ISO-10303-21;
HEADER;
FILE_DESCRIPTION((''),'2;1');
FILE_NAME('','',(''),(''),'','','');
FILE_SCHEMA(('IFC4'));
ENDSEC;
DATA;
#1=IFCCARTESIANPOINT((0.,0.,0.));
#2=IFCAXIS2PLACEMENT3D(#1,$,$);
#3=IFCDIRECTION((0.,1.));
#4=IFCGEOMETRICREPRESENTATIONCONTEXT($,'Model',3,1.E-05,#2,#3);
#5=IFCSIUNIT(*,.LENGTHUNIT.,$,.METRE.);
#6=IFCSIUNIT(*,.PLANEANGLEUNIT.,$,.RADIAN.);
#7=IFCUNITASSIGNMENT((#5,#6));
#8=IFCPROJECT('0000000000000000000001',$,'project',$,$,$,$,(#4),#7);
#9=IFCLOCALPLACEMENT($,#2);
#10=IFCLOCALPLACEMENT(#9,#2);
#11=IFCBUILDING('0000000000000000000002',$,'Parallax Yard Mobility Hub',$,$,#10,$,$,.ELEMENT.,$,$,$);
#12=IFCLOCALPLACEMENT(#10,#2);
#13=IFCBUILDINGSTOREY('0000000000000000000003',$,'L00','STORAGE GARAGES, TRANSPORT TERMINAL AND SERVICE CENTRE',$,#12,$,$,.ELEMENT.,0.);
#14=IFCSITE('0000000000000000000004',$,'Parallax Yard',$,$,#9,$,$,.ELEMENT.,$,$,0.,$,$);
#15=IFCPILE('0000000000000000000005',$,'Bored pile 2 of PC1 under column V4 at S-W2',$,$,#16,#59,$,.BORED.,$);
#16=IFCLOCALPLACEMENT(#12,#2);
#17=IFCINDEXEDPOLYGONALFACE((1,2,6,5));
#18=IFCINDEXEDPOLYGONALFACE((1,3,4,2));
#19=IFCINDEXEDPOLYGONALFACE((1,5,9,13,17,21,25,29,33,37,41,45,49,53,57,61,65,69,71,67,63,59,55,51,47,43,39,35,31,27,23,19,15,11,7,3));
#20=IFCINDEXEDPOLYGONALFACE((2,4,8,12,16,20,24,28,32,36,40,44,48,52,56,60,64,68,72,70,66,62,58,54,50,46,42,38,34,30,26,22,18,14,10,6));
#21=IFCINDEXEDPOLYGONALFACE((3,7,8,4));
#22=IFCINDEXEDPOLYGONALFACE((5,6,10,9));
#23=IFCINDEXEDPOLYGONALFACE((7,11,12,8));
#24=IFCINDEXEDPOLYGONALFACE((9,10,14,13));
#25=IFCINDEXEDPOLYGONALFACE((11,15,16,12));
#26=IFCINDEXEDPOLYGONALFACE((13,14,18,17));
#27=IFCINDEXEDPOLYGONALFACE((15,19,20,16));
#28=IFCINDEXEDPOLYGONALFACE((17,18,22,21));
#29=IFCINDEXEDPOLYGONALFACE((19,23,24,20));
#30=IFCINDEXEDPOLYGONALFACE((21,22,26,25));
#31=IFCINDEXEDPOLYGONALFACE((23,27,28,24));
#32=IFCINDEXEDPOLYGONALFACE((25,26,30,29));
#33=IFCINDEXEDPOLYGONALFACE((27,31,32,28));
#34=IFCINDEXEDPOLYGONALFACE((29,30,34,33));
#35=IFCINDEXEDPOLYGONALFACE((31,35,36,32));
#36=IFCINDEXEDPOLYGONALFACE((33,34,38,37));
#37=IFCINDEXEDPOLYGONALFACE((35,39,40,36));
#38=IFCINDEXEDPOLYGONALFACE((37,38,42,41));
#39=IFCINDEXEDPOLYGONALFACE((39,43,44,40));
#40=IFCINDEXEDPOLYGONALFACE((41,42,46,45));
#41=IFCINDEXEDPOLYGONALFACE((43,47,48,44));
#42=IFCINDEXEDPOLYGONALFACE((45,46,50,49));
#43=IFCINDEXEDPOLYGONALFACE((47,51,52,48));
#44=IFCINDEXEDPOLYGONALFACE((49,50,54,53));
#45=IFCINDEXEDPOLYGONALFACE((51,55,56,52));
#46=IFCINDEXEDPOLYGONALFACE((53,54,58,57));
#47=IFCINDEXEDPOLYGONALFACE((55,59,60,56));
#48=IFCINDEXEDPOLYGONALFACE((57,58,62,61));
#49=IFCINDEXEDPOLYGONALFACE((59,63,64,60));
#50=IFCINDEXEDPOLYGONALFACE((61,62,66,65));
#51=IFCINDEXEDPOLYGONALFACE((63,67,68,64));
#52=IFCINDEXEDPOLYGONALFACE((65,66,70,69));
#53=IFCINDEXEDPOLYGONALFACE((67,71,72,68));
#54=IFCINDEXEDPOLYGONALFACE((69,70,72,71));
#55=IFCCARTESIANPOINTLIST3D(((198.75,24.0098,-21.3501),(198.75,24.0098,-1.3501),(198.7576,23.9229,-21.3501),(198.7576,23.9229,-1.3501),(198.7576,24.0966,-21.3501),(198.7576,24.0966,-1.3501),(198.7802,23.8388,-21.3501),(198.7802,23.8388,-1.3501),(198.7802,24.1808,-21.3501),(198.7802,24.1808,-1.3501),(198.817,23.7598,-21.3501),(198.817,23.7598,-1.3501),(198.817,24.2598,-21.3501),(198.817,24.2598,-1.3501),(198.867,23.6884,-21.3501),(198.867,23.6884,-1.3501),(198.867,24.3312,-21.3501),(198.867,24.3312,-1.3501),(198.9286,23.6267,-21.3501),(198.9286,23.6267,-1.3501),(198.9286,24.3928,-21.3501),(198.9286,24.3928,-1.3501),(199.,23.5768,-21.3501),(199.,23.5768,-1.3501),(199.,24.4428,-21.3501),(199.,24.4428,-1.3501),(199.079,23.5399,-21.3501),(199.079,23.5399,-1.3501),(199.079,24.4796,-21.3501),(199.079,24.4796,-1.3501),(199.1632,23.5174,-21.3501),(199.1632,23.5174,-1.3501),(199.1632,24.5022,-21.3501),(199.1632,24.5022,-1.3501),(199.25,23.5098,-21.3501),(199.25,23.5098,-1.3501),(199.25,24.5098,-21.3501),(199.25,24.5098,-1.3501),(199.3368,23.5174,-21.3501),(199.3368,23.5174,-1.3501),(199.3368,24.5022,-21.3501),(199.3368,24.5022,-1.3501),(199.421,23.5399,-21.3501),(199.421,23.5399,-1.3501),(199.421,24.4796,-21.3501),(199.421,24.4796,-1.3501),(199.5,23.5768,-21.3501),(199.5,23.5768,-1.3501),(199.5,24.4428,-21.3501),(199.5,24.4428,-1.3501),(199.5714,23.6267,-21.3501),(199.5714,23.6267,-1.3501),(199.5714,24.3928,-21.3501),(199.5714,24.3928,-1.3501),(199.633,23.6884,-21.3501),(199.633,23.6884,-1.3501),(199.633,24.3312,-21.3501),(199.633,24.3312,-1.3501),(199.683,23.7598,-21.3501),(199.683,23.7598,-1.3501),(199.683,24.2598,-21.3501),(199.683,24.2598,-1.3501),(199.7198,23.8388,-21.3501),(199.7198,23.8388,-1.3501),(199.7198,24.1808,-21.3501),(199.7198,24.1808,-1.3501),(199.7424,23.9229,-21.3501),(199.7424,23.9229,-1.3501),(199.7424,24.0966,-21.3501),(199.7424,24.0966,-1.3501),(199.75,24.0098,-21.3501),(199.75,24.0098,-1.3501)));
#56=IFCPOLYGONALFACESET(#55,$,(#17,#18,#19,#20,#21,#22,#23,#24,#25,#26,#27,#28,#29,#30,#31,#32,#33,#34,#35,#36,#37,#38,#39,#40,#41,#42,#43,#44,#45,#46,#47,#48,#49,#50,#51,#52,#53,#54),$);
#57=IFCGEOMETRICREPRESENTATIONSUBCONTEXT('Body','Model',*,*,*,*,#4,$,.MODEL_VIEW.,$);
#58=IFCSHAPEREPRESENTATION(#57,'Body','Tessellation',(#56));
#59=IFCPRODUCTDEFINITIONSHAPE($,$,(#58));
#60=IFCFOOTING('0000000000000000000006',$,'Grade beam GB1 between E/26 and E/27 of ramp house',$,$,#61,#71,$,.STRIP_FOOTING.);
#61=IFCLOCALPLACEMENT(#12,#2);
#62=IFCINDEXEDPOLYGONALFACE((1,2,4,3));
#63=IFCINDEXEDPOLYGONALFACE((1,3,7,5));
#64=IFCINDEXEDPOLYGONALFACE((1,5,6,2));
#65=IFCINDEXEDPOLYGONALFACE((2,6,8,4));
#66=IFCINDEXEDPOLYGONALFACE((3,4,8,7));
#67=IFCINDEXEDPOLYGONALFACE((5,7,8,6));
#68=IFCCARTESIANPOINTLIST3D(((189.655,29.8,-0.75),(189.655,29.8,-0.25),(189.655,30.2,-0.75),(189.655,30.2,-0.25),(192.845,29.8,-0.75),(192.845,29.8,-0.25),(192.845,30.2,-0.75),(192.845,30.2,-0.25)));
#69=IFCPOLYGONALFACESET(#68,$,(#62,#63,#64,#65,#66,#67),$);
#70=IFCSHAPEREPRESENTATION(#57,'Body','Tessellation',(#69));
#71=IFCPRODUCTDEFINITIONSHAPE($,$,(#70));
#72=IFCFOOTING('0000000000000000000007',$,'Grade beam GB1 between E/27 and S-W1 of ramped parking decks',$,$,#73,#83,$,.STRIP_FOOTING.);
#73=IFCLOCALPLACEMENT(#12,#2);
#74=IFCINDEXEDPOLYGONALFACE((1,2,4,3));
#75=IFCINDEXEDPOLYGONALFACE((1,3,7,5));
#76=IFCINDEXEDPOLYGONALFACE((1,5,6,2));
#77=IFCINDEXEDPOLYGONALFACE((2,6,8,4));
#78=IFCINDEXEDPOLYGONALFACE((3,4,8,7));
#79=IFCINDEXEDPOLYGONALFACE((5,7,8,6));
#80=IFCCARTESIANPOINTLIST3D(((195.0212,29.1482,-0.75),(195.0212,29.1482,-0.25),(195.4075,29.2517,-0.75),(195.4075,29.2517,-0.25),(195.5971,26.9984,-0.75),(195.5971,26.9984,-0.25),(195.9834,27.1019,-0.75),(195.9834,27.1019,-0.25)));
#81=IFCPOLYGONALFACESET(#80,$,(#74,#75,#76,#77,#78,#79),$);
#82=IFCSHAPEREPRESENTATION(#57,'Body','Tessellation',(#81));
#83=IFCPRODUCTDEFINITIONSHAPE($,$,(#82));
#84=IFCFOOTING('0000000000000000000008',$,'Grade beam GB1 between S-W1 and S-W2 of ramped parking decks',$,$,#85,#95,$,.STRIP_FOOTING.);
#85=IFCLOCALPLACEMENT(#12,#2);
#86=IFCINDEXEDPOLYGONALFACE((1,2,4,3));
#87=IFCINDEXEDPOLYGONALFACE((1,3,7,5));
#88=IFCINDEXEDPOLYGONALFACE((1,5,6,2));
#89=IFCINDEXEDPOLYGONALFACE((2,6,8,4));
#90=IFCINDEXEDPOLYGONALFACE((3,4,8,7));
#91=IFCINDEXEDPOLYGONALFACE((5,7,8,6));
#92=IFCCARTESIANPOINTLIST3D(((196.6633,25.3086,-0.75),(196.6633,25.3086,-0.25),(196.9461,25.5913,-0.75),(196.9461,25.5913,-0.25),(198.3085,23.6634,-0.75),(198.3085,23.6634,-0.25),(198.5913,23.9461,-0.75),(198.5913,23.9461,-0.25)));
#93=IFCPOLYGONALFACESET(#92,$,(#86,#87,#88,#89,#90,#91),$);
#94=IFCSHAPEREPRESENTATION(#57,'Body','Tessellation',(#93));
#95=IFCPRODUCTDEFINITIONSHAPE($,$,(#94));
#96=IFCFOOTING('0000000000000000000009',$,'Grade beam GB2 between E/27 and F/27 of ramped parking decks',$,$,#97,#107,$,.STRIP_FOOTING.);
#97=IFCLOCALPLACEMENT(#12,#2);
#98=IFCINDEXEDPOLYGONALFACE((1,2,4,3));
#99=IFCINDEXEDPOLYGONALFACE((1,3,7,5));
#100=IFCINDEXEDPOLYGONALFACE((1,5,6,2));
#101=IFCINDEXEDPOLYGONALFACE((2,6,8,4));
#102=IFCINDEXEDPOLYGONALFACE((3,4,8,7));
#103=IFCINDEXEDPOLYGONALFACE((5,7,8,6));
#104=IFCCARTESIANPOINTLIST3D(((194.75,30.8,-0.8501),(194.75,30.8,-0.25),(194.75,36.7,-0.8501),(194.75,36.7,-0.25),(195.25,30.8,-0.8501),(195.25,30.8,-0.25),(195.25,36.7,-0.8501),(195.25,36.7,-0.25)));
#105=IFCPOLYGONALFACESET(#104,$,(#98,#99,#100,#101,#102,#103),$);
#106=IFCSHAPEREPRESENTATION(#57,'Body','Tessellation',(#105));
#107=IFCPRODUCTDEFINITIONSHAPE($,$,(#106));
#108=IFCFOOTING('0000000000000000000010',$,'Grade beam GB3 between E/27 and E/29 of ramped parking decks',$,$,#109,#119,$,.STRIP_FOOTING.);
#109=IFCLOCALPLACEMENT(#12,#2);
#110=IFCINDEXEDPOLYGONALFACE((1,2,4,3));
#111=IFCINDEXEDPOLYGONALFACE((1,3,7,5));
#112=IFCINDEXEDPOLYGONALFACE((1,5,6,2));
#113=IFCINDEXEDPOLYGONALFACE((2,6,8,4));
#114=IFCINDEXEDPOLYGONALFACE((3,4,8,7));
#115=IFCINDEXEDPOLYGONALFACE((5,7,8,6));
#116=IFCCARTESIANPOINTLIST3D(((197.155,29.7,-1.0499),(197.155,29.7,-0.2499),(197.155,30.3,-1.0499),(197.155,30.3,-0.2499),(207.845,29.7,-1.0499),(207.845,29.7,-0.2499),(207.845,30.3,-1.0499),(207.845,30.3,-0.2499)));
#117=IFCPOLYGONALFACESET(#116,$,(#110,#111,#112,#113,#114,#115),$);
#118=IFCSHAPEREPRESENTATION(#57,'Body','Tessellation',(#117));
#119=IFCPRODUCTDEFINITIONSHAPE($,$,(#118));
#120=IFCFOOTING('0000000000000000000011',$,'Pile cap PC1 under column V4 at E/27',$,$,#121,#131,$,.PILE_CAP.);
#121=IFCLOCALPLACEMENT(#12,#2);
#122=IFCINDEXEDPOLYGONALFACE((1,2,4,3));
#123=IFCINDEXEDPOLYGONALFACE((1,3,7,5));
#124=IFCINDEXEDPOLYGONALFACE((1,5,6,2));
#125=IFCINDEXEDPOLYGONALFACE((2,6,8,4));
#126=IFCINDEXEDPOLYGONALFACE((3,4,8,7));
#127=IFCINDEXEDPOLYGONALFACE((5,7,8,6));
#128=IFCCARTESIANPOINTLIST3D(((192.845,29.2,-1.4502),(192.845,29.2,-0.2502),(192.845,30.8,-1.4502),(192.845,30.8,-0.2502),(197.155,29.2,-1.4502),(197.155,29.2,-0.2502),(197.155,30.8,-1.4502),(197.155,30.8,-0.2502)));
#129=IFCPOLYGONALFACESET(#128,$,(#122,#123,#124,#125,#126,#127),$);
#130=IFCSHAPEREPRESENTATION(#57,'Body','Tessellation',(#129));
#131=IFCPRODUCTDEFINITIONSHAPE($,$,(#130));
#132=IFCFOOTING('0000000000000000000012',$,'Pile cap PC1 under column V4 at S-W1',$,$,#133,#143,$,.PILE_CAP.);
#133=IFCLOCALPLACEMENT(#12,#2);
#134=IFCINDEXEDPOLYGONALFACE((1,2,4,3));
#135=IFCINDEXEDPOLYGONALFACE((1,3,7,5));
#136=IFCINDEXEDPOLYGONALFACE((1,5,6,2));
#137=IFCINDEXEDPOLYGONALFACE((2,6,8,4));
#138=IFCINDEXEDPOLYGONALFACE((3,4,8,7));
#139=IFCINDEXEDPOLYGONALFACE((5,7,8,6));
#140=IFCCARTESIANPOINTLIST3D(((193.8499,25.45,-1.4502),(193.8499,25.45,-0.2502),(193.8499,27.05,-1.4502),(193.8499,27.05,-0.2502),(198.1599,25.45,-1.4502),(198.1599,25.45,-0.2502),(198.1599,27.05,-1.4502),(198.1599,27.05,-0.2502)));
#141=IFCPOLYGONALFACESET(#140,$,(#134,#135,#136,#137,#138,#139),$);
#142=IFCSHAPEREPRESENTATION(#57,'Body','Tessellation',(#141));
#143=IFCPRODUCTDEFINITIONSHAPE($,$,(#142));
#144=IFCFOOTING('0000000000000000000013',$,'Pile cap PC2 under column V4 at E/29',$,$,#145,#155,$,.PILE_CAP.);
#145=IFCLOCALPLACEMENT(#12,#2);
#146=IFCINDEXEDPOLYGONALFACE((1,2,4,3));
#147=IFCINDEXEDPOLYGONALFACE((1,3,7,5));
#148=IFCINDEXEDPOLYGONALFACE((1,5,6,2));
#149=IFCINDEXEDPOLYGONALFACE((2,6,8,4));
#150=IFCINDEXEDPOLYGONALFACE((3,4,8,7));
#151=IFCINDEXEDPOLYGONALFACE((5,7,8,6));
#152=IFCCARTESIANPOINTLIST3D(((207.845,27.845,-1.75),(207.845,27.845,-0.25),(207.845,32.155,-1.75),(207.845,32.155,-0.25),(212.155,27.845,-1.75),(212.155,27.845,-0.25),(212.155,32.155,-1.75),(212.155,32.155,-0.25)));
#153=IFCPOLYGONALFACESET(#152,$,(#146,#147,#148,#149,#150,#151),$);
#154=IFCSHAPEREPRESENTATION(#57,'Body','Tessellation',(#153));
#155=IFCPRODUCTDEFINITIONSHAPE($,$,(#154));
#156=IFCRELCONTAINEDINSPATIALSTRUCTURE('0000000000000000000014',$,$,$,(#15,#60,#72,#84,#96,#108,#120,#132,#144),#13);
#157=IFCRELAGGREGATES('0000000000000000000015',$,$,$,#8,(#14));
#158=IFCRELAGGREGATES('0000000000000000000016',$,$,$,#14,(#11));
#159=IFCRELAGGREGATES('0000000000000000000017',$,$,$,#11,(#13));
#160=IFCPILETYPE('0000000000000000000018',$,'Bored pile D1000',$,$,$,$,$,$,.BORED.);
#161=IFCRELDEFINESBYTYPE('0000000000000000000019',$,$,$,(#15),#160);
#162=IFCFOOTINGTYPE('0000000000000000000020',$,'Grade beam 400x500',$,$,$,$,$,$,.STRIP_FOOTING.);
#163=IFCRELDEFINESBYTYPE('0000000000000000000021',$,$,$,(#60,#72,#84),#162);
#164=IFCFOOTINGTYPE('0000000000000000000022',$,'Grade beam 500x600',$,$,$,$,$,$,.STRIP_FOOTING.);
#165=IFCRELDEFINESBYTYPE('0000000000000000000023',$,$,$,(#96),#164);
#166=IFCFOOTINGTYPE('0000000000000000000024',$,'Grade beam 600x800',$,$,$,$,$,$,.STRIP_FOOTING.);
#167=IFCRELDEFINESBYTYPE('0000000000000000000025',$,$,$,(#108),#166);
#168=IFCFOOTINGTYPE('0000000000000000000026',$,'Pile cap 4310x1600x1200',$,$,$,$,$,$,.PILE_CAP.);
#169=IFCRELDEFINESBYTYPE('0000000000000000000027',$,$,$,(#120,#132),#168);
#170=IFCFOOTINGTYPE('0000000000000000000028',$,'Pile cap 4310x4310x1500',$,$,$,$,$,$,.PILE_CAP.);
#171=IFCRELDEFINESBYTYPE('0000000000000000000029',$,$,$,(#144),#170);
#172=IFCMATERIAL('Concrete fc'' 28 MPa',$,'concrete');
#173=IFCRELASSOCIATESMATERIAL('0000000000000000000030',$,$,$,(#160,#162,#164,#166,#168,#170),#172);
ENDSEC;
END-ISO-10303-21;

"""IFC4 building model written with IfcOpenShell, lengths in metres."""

from ifc_helpers import new_model, si_unit, direction, frame, origin, origin_2d, place, context, subcontext, project, spatial, rectangle, circle, extrude, material, material_profile, profile_set, type_object, element, save


model = new_model("IFC4")

# Units and contexts
model_context = context("Model", 3, precision=1e-05, world=origin(), true_north=direction((0.0, 1.0)))
body_context = subcontext(model_context, "Body", "Model", "MODEL_VIEW")
ifc_project = project(units=[si_unit("LENGTHUNIT", "METRE"), si_unit("PLANEANGLEUNIT", "RADIAN")], contexts=[model_context])

# Site, building, storey
site_placement = place(None, origin())
site = spatial("IfcSite", under=ifc_project, at=site_placement, Name="Parallax Yard", CompositionType="ELEMENT", RefElevation=0.0)
building_placement = place(site_placement, origin())
building = spatial("IfcBuilding", under=site, at=building_placement, Name="Parallax Yard Mobility Hub", CompositionType="ELEMENT")
storey_placement = place(building_placement, origin())
storey = spatial("IfcBuildingStorey", under=building, at=storey_placement, Name="L00", Description="STORAGE GARAGES, TRANSPORT TERMINAL AND SERVICE CENTRE", CompositionType="ELEMENT", Elevation=0.0)

# Pile
ifc_material_1 = material(Name="Concrete fc' 28 MPa", Category="concrete")
ifc_material_profile_1 = material_profile(ifc_material_1, circle(Radius=0.5, at=origin_2d()), Name="Bored pile D1000")
ifc_profile_set_1 = profile_set([ifc_material_profile_1], Name="Concrete fc' 28 MPa")
pile_type = type_object("IfcPileType", Name="Bored pile D1000", PredefinedType="BORED", material=ifc_profile_set_1)
for number, where, z_axis, x_axis, name in (
    (1, (199.25, 24.0098, -1.3501), (0.0, 0.0, -1.0), (1.0, 0.0, 0.0), "Bored pile 2 of PC1 under column V4 at S-W2"),
):
    element("IfcPile", number, at=place(storey_placement, frame(where, z_axis=z_axis, x_axis=x_axis)), inside=storey, type_object=pile_type, Name=name, PredefinedType="BORED", context=body_context, shape_type="SweptSolid", body=[
        extrude(circle(Radius=0.5, at=origin_2d()), origin(), (0.0, 0.0, 1.0), 20.0),
    ])

# Footings
ifc_material_profile_2 = material_profile(ifc_material_1, rectangle(XDim=0.3999, YDim=0.5, at=origin_2d()), Name="Grade beam 400x500")
ifc_profile_set_2 = profile_set([ifc_material_profile_2], Name="Concrete fc' 28 MPa")
footing_type_1 = type_object("IfcFootingType", Name="Grade beam 400x500", PredefinedType="STRIP_FOOTING", material=ifc_profile_set_2)
footing_1_placement = place(storey_placement, frame((189.655, 30.0, -0.5), z_axis=(1.0, 0.0, 0.0), x_axis=(0.0, 1.0, 0.0)))
element("IfcFooting", 2, at=footing_1_placement, inside=storey, type_object=footing_type_1, Name="Grade beam GB1 between E/26 and E/27 of ramp house", PredefinedType="STRIP_FOOTING", context=body_context, shape_type="SweptSolid", body=[
    extrude(rectangle(XDim=0.3999, YDim=0.5, at=origin_2d()), origin(), (0.0, 0.0, 1.0), 3.1899),
])
footing_2_placement = place(storey_placement, frame((195.2144, 29.2, -0.5), z_axis=(0.258762, -0.965941, 0.0), x_axis=(0.965941, 0.258762, 0.0)))
element("IfcFooting", 3, at=footing_2_placement, inside=storey, type_object=footing_type_1, Name="Grade beam GB1 between E/27 and S-W1 of ramped parking decks", PredefinedType="STRIP_FOOTING", context=body_context, shape_type="SweptSolid", body=[
    extrude(rectangle(XDim=0.3999, YDim=0.5, at=origin_2d()), origin(), (0.0, 0.0, 1.0), 2.2256),
])
footing_3_placement = place(storey_placement, frame((196.8047, 25.45, -0.5), z_axis=(0.707107, -0.707107, 0.0), x_axis=(0.707107, 0.707107, 0.0)))
element("IfcFooting", 4, at=footing_3_placement, inside=storey, type_object=footing_type_1, Name="Grade beam GB1 between S-W1 and S-W2 of ramped parking decks", PredefinedType="STRIP_FOOTING", context=body_context, shape_type="SweptSolid", body=[
    extrude(rectangle(XDim=0.3999, YDim=0.5, at=origin_2d()), origin(), (0.0, 0.0, 1.0), 2.3267),
])
ifc_material_profile_3 = material_profile(ifc_material_1, rectangle(XDim=0.5, YDim=0.6001, at=origin_2d()), Name="Grade beam 500x600")
ifc_profile_set_3 = profile_set([ifc_material_profile_3], Name="Concrete fc' 28 MPa")
footing_type_2 = type_object("IfcFootingType", Name="Grade beam 500x600", PredefinedType="STRIP_FOOTING", material=ifc_profile_set_3)
footing_4_placement = place(storey_placement, frame((195.0, 30.8, -0.55), z_axis=(0.0, 1.0, 0.0), x_axis=(-1.0, 0.0, 0.0)))
element("IfcFooting", 5, at=footing_4_placement, inside=storey, type_object=footing_type_2, Name="Grade beam GB2 between E/27 and F/27 of ramped parking decks", PredefinedType="STRIP_FOOTING", context=body_context, shape_type="SweptSolid", body=[
    extrude(rectangle(XDim=0.5, YDim=0.6001, at=origin_2d()), origin(), (0.0, 0.0, 1.0), 5.8999),
])
ifc_material_profile_4 = material_profile(ifc_material_1, rectangle(XDim=0.6001, YDim=0.8, at=origin_2d()), Name="Grade beam 600x800")
ifc_profile_set_4 = profile_set([ifc_material_profile_4], Name="Concrete fc' 28 MPa")
footing_type_3 = type_object("IfcFootingType", Name="Grade beam 600x800", PredefinedType="STRIP_FOOTING", material=ifc_profile_set_4)
footing_5_placement = place(storey_placement, frame((197.155, 30.0, -0.6499), z_axis=(1.0, 0.0, 0.0), x_axis=(0.0, 1.0, 0.0)))
element("IfcFooting", 6, at=footing_5_placement, inside=storey, type_object=footing_type_3, Name="Grade beam GB3 between E/27 and E/29 of ramped parking decks", PredefinedType="STRIP_FOOTING", context=body_context, shape_type="SweptSolid", body=[
    extrude(rectangle(XDim=0.6001, YDim=0.8, at=origin_2d()), origin(), (0.0, 0.0, 1.0), 10.6899),
])
footing_type_4 = type_object("IfcFootingType", Name="Pile cap 4310x1600x1200", PredefinedType="PILE_CAP", material=ifc_material_1)
for number, where, z_axis, x_axis, name in (
    (7, (195.0, 30.0, -1.4502), (0.0, 0.0, 1.0), (1.0, 0.0, 0.0), "Pile cap PC1 under column V4 at E/27"),
    (8, (196.0049, 26.25, -1.4502), (0.0, 0.0, 1.0), (1.0, 0.0, 0.0), "Pile cap PC1 under column V4 at S-W1"),
):
    element("IfcFooting", number, at=place(storey_placement, frame(where, z_axis=z_axis, x_axis=x_axis)), inside=storey, type_object=footing_type_4, Name=name, PredefinedType="PILE_CAP", context=body_context, shape_type="SweptSolid", body=[
        extrude(rectangle(XDim=4.3101, YDim=1.6001, at=origin_2d()), origin(), (0.0, 0.0, 1.0), 1.2),
    ])
footing_type_5 = type_object("IfcFootingType", Name="Pile cap 4310x4310x1500", PredefinedType="PILE_CAP", material=ifc_material_1)
footing_6_placement = place(storey_placement, frame((210.0, 30.0, -1.75), z_axis=(0.0, 0.0, 1.0), x_axis=(1.0, 0.0, 0.0)))
element("IfcFooting", 9, at=footing_6_placement, inside=storey, type_object=footing_type_5, Name="Pile cap PC2 under column V4 at E/29", PredefinedType="PILE_CAP", context=body_context, shape_type="SweptSolid", body=[
    extrude(rectangle(XDim=4.3101, YDim=4.3101, at=origin_2d()), origin(), (0.0, 0.0, 1.0), 1.5),
])

save(model, "model.ifc")
